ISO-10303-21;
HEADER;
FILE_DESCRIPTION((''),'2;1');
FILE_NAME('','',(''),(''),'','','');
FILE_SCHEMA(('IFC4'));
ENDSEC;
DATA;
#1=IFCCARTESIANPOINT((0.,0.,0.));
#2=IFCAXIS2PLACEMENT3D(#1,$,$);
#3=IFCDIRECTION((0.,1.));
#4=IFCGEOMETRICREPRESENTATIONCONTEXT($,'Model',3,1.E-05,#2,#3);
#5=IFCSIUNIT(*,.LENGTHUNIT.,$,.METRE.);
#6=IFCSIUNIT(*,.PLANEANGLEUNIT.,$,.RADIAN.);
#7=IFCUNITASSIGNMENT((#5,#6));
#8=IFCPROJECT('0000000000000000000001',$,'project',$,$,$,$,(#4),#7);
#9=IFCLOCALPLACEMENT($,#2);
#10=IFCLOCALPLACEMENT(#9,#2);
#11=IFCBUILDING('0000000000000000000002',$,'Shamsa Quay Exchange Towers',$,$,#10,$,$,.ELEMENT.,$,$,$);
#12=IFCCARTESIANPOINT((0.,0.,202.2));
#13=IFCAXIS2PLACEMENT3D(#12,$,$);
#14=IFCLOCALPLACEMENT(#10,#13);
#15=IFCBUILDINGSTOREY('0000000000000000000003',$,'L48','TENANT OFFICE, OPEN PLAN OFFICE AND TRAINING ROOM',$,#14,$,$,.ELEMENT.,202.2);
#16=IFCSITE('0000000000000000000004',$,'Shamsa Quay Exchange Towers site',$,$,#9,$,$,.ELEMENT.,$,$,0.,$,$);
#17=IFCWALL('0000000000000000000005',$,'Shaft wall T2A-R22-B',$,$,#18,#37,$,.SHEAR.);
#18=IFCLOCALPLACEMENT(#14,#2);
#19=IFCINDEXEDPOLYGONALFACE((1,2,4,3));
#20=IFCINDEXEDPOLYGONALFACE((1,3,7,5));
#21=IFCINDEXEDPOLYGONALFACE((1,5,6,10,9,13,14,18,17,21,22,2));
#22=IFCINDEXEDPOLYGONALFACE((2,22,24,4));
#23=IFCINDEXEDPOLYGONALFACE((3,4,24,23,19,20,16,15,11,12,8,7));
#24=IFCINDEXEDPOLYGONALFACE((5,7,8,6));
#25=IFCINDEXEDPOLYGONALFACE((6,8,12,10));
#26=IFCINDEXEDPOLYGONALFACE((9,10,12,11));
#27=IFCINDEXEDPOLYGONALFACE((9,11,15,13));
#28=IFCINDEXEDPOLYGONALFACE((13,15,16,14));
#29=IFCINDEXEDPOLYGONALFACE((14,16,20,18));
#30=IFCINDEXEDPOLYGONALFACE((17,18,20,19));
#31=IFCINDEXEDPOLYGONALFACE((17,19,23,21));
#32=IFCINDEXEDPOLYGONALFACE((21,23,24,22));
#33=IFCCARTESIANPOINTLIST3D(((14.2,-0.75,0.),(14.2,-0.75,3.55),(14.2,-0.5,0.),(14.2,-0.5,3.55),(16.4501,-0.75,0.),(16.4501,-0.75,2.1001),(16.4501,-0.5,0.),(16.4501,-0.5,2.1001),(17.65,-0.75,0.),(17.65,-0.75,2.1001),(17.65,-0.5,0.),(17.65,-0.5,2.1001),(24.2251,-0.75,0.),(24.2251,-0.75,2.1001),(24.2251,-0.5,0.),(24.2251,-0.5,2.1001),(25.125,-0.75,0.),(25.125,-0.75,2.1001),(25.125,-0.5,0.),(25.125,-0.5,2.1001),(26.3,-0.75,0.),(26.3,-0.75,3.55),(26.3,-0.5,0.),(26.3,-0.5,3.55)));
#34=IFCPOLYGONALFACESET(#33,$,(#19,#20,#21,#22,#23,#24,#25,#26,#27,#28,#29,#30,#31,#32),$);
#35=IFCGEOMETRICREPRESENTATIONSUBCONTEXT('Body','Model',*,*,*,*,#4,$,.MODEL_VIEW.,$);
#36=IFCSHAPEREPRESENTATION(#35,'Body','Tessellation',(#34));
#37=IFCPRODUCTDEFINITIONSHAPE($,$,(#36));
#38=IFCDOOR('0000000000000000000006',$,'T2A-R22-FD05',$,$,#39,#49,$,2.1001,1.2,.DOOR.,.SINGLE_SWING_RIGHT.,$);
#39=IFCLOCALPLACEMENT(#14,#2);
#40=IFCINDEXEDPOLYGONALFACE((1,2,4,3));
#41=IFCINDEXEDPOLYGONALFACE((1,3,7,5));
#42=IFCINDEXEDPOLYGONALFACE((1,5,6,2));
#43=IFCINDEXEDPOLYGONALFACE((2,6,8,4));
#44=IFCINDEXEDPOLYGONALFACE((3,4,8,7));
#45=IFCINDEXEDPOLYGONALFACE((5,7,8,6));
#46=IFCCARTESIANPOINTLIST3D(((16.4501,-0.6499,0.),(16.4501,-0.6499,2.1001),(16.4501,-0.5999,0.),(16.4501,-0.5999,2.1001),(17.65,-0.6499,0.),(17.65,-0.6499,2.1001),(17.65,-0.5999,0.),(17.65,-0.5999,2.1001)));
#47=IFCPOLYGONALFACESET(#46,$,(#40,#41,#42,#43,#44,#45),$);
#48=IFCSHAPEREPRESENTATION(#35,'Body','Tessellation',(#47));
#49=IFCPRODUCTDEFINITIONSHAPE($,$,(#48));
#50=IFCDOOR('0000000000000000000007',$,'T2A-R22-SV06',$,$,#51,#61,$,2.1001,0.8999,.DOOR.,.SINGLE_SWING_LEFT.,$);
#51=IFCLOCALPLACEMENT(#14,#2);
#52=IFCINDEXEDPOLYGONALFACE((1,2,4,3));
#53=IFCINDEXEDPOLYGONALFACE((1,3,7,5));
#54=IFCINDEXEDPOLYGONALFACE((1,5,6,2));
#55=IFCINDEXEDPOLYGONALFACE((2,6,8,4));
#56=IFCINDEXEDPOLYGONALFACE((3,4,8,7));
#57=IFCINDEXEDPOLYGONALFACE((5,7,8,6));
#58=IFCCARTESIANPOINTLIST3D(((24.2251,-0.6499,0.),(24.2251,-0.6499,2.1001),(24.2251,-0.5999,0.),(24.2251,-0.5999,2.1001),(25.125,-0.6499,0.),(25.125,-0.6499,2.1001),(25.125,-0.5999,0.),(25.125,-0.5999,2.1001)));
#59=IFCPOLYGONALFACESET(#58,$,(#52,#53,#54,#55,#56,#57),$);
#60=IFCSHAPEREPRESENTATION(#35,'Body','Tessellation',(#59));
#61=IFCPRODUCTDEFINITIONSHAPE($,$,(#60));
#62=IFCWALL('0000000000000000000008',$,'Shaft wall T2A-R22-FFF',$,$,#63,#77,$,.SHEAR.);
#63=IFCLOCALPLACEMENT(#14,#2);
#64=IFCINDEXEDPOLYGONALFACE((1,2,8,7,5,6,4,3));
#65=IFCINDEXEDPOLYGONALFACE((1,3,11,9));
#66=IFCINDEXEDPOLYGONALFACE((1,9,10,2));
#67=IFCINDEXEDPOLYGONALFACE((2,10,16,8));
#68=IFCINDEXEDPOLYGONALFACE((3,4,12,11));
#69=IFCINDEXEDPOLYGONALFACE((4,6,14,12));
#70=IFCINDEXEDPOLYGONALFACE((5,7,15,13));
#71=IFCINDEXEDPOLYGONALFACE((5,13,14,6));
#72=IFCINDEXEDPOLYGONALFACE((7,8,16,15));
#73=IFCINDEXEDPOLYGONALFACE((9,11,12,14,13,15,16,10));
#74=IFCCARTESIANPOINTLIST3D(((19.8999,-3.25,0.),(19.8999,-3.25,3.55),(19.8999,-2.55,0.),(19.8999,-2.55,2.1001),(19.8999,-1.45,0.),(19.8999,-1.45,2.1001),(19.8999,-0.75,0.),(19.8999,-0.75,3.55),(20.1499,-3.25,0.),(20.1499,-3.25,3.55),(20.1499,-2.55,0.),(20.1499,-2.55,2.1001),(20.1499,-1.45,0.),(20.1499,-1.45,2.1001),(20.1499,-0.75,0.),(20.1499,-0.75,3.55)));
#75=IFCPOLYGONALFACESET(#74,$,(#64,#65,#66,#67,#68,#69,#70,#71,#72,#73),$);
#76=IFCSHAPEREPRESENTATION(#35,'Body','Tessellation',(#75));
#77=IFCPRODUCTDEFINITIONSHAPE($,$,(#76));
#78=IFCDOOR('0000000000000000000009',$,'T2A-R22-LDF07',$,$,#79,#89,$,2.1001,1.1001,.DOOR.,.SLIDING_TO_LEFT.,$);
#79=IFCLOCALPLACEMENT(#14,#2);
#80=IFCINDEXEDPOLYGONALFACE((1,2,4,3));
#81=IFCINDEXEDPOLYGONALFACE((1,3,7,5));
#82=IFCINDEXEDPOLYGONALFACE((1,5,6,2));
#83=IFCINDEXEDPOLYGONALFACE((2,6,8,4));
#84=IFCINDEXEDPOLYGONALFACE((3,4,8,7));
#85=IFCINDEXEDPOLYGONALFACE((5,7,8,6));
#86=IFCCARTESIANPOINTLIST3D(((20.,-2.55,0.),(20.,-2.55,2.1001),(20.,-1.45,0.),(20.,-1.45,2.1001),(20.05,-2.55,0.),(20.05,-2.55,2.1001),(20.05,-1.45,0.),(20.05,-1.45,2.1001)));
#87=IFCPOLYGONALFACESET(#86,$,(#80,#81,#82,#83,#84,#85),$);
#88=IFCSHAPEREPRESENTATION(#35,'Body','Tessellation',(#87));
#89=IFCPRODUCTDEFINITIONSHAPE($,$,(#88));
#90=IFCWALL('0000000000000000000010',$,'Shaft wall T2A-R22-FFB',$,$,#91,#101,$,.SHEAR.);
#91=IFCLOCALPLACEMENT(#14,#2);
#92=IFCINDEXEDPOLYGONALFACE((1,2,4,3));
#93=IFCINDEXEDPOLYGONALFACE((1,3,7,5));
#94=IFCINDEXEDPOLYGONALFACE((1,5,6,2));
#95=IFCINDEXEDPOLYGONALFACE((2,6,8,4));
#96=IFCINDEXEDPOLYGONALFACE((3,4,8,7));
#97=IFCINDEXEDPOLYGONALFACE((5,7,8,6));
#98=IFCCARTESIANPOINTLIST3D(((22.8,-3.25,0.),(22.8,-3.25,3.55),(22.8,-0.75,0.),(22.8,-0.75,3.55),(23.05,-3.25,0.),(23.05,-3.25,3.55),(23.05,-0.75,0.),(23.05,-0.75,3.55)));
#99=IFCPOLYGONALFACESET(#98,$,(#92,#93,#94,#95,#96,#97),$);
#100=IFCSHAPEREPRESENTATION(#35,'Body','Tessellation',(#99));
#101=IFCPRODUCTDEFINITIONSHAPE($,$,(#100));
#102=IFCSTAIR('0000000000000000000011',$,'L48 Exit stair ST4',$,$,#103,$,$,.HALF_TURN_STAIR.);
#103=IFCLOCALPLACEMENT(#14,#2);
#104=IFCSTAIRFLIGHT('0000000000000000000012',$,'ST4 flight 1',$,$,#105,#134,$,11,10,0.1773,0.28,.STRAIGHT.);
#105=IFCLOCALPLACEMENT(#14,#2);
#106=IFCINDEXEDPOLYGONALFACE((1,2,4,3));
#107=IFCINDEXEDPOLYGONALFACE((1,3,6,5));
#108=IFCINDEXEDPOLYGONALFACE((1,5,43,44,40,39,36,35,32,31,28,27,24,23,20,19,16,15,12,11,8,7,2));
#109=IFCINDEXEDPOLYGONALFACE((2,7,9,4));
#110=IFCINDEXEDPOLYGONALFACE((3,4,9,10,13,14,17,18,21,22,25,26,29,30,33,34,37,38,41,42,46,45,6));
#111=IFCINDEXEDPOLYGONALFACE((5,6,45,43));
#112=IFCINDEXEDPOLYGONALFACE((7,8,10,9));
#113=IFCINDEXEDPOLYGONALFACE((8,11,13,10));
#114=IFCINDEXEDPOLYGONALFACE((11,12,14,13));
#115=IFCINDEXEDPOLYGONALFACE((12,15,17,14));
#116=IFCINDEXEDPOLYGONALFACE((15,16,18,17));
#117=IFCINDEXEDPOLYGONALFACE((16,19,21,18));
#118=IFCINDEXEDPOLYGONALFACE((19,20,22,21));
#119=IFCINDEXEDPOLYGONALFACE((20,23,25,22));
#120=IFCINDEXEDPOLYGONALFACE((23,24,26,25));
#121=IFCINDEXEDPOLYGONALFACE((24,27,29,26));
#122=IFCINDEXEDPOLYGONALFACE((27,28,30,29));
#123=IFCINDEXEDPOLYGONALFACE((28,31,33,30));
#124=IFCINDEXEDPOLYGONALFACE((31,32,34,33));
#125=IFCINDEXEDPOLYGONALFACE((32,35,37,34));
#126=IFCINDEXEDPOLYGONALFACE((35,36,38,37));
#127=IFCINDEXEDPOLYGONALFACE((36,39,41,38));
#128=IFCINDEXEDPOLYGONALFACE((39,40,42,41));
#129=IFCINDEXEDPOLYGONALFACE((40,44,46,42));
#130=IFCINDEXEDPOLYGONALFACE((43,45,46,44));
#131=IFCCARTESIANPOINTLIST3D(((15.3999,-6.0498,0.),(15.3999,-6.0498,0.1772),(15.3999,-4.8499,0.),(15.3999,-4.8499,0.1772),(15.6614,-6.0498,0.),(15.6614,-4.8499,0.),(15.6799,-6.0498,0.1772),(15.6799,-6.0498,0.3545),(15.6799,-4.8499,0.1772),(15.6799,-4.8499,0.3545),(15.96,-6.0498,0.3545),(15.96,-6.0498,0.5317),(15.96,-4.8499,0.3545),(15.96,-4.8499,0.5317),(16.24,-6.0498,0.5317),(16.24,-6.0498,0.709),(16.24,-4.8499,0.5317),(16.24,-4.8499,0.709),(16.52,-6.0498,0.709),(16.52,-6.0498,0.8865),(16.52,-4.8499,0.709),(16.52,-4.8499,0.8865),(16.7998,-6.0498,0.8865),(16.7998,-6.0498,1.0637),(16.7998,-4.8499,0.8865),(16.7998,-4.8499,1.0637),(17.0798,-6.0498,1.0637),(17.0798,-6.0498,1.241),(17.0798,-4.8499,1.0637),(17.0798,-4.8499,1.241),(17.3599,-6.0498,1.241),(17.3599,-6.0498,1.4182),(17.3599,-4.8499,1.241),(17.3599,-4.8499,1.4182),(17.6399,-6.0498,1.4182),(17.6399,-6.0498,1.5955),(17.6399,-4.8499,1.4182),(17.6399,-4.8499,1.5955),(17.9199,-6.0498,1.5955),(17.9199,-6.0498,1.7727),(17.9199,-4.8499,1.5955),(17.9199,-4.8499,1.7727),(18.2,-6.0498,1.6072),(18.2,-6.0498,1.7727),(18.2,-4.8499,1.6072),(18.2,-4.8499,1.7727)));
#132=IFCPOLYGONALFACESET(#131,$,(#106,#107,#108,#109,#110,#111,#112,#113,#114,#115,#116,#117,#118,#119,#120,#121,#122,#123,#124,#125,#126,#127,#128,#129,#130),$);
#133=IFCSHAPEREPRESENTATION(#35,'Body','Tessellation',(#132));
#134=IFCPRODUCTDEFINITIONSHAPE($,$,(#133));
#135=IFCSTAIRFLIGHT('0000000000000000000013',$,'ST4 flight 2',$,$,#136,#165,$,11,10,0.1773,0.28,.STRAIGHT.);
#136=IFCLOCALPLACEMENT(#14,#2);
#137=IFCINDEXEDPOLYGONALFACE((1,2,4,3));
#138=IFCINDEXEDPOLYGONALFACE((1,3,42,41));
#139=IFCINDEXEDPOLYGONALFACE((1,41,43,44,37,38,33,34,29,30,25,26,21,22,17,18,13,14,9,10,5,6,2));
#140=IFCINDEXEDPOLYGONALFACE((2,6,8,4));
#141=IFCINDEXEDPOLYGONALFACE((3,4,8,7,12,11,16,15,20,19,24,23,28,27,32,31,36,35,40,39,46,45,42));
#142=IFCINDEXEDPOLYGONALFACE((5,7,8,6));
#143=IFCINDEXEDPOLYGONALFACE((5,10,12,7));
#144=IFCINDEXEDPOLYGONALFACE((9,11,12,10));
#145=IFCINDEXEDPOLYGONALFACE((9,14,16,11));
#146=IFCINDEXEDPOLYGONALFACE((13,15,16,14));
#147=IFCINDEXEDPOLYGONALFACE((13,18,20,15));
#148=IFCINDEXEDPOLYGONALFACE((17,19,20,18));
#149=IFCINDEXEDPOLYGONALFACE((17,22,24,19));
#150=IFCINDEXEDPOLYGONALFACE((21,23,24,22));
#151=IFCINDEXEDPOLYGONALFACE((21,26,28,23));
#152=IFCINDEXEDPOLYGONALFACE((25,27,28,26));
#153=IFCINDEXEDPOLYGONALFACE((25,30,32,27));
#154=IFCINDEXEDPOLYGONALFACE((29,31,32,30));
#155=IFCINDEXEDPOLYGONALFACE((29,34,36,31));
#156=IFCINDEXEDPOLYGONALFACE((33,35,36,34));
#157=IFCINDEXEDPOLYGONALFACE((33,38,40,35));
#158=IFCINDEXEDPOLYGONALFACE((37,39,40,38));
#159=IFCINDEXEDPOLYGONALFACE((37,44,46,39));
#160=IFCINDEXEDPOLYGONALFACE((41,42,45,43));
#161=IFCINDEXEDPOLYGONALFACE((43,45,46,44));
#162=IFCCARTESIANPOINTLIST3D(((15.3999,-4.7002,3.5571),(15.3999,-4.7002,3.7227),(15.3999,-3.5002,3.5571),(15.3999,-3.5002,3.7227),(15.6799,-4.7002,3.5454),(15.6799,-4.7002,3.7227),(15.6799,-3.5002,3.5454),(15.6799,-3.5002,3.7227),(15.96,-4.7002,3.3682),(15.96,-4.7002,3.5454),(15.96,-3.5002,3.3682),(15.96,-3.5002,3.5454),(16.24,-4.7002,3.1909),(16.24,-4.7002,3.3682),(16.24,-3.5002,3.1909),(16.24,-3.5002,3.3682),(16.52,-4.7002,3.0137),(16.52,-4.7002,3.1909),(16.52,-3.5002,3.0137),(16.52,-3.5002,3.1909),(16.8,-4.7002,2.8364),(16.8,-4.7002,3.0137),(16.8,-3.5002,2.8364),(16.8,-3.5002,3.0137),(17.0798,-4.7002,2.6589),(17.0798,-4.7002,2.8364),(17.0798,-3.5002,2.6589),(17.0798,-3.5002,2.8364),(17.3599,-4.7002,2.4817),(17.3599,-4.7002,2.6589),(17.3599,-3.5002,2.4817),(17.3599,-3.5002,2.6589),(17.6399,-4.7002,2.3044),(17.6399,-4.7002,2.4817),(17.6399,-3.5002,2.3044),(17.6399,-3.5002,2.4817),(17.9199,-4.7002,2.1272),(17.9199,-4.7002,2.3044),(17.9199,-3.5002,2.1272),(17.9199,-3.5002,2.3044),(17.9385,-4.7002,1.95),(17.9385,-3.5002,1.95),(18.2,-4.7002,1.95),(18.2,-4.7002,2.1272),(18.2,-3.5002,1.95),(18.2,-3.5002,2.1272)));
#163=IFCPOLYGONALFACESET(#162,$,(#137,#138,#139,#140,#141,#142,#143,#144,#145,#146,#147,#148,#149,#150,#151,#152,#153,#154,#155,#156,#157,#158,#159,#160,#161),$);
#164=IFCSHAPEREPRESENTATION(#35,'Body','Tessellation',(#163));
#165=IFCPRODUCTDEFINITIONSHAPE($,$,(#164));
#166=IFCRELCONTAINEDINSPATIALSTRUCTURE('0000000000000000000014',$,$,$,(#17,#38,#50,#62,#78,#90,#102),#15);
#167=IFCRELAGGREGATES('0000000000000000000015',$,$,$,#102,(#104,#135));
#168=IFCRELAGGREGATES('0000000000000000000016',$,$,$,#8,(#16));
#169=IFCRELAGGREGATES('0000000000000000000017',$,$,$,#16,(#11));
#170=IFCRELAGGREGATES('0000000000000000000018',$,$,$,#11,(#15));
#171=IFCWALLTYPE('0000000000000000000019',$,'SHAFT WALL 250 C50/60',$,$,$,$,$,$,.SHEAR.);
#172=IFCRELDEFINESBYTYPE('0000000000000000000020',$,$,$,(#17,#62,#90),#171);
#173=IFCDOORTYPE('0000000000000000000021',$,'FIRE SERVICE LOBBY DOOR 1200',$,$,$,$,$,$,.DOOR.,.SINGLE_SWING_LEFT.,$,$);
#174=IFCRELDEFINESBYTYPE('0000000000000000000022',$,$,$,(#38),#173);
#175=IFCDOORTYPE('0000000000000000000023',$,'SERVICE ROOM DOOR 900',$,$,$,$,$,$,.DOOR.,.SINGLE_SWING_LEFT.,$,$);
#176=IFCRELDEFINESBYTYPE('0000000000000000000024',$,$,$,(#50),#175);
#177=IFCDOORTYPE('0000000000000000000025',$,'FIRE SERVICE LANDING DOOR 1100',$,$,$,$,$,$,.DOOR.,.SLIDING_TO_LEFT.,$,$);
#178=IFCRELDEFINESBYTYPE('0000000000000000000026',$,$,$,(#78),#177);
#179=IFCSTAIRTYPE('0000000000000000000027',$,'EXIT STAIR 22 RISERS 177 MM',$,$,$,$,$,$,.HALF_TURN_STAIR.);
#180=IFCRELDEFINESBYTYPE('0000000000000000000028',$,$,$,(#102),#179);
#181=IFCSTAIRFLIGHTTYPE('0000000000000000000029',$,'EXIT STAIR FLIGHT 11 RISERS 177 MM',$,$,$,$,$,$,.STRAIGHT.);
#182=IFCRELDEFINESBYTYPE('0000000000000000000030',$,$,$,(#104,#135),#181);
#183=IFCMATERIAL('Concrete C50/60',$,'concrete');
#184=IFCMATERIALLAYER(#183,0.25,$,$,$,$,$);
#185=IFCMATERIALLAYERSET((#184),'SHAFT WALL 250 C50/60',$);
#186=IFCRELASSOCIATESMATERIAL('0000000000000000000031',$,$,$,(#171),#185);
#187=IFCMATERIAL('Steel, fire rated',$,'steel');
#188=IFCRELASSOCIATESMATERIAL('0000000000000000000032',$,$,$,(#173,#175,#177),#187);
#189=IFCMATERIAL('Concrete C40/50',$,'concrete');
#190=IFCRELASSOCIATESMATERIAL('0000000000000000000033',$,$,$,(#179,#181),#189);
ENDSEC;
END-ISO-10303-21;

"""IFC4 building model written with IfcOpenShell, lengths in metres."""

from ifc_helpers import new_model, si_unit, direction, frame, frame_2d, origin, place, context, subcontext, project, spatial, polyline, rectangle, outline, extrude, material, layer, layer_set, type_object, element, fill, aggregate, save


model = new_model("IFC4")

# Units and contexts
model_context = context("Model", 3, precision=1e-05, world=origin(), true_north=direction((0.0, 1.0)))
body_context = subcontext(model_context, "Body", "Model", "MODEL_VIEW")
ifc_project = project(units=[si_unit("LENGTHUNIT", "METRE"), si_unit("PLANEANGLEUNIT", "RADIAN")], contexts=[model_context])

# Site, building, storey
site_placement = place(None, origin())
site = spatial("IfcSite", under=ifc_project, at=site_placement, Name="Shamsa Quay Exchange Towers site", CompositionType="ELEMENT", RefElevation=0.0)
building_placement = place(site_placement, origin())
building = spatial("IfcBuilding", under=site, at=building_placement, Name="Shamsa Quay Exchange Towers", CompositionType="ELEMENT")
storey_placement = place(building_placement, frame((0.0, 0.0, 202.2)))
storey = spatial("IfcBuildingStorey", under=building, at=storey_placement, Name="L48", Description="TENANT OFFICE, OPEN PLAN OFFICE AND TRAINING ROOM", CompositionType="ELEMENT", Elevation=202.2)

# Shared definitions
ifc_material_1 = material(Name="Concrete C50/60", Category="concrete")
ifc_layer_1 = layer(ifc_material_1, 0.25)
ifc_layer_set_1 = layer_set([ifc_layer_1], Name="SHAFT WALL 250 C50/60")
wall_type = type_object("IfcWallType", Name="SHAFT WALL 250 C50/60", PredefinedType="SHEAR", material=ifc_layer_set_1)
ifc_material_2 = material(Name="Steel, fire rated", Category="steel")

# Wall, openings, doors
wall_1_placement = place(storey_placement, frame((26.3, -0.625, 0.0), z_axis=(0.0, 0.0, 1.0), x_axis=(-1.0, 0.0, 0.0)))
wall_1 = element("IfcWall", 1, at=wall_1_placement, inside=storey, type_object=wall_type, Name="Shaft wall T2A-R22-B", PredefinedType="SHEAR", context=body_context, shape_type="SweptSolid", body=[
    extrude(rectangle(XDim=12.1001, YDim=0.25, at=frame_2d((6.05, 0.0))), origin(), (0.0, 0.0, 1.0), 3.55),
])
opening_1_placement = place(wall_1_placement, frame((8.6499, 0.0, 0.0)))
opening_1 = element("IfcOpeningElement", 2, at=opening_1_placement, cuts=wall_1, PredefinedType="OPENING", context=body_context, shape_type="SweptSolid", body=[
    extrude(rectangle(XDim=1.2, YDim=2.1001, at=frame_2d((0.6001, 1.05))), frame((0.0, 0.135, 0.0), z_axis=(0.0, -1.0, 0.0), x_axis=(1.0, 0.0, 0.0)), (0.0, 0.0, 1.0), 0.27),
])
opening_2_placement = place(wall_1_placement, frame((1.175, 0.0, 0.0)))
opening_2 = element("IfcOpeningElement", 3, at=opening_2_placement, cuts=wall_1, PredefinedType="OPENING", context=body_context, shape_type="SweptSolid", body=[
    extrude(rectangle(XDim=0.8999, YDim=2.1001, at=frame_2d((0.45, 1.05))), frame((0.0, 0.135, 0.0), z_axis=(0.0, -1.0, 0.0), x_axis=(1.0, 0.0, 0.0)), (0.0, 0.0, 1.0), 0.27),
])
door_type_1 = type_object("IfcDoorType", Name="FIRE SERVICE LOBBY DOOR 1200", OperationType="SINGLE_SWING_LEFT", PredefinedType="DOOR", material=ifc_material_2)
door_1_placement = place(opening_1_placement, origin())
door_1 = element("IfcDoor", 4, at=door_1_placement, inside=storey, type_object=door_type_1, Name="T2A-R22-FD05", OperationType="SINGLE_SWING_RIGHT", OverallHeight=2.1001, OverallWidth=1.2, PredefinedType="DOOR", context=body_context, shape_type="SweptSolid", body=[
    extrude(rectangle(XDim=1.2, YDim=2.1001, at=frame_2d((0.6001, 1.05))), frame((0.0, 0.0249, 0.0), z_axis=(0.0, -1.0, 0.0), x_axis=(1.0, 0.0, 0.0)), (0.0, 0.0, 1.0), 0.05),
])
fill(opening_1, door_1)
door_type_2 = type_object("IfcDoorType", Name="SERVICE ROOM DOOR 900", OperationType="SINGLE_SWING_LEFT", PredefinedType="DOOR", material=ifc_material_2)
door_2_placement = place(opening_2_placement, origin())
door_2 = element("IfcDoor", 5, at=door_2_placement, inside=storey, type_object=door_type_2, Name="T2A-R22-SV06", OperationType="SINGLE_SWING_LEFT", OverallHeight=2.1001, OverallWidth=0.8999, PredefinedType="DOOR", context=body_context, shape_type="SweptSolid", body=[
    extrude(rectangle(XDim=0.8999, YDim=2.1001, at=frame_2d((0.45, 1.05))), frame((0.0, 0.0249, 0.0), z_axis=(0.0, -1.0, 0.0), x_axis=(1.0, 0.0, 0.0)), (0.0, 0.0, 1.0), 0.05),
])
fill(opening_2, door_2)

# Wall, opening, door
wall_2_placement = place(storey_placement, frame((20.0249, -3.25, 0.0), z_axis=(0.0, 0.0, 1.0), x_axis=(0.0, 1.0, 0.0)))
wall_2 = element("IfcWall", 6, at=wall_2_placement, inside=storey, type_object=wall_type, Name="Shaft wall T2A-R22-FFF", PredefinedType="SHEAR", context=body_context, shape_type="SweptSolid", body=[
    extrude(rectangle(XDim=2.5, YDim=0.25, at=frame_2d((1.25, 0.0))), origin(), (0.0, 0.0, 1.0), 3.55),
])
opening_3_placement = place(wall_2_placement, frame((0.7, 0.0, 0.0)))
opening_3 = element("IfcOpeningElement", 7, at=opening_3_placement, cuts=wall_2, PredefinedType="OPENING", context=body_context, shape_type="SweptSolid", body=[
    extrude(rectangle(XDim=1.1001, YDim=2.1001, at=frame_2d((0.55, 1.05))), frame((0.0, 0.135, 0.0), z_axis=(0.0, -1.0, 0.0), x_axis=(1.0, 0.0, 0.0)), (0.0, 0.0, 1.0), 0.27),
])
door_type_3 = type_object("IfcDoorType", Name="FIRE SERVICE LANDING DOOR 1100", OperationType="SLIDING_TO_LEFT", PredefinedType="DOOR", material=ifc_material_2)
door_3_placement = place(opening_3_placement, origin())
door_3 = element("IfcDoor", 8, at=door_3_placement, inside=storey, type_object=door_type_3, Name="T2A-R22-LDF07", OperationType="SLIDING_TO_LEFT", OverallHeight=2.1001, OverallWidth=1.1001, PredefinedType="DOOR", context=body_context, shape_type="SweptSolid", body=[
    extrude(rectangle(XDim=1.1001, YDim=2.1001, at=frame_2d((0.55, 1.05))), frame((0.0, 0.0249, 0.0), z_axis=(0.0, -1.0, 0.0), x_axis=(1.0, 0.0, 0.0)), (0.0, 0.0, 1.0), 0.05),
])
fill(opening_3, door_3)

# Wall
wall_3_placement = place(storey_placement, frame((22.925, -3.25, 0.0), z_axis=(0.0, 0.0, 1.0), x_axis=(0.0, 1.0, 0.0)))
element("IfcWall", 9, at=wall_3_placement, inside=storey, type_object=wall_type, Name="Shaft wall T2A-R22-FFB", PredefinedType="SHEAR", context=body_context, shape_type="SweptSolid", body=[
    extrude(rectangle(XDim=2.5, YDim=0.25, at=frame_2d((1.25, 0.0))), origin(), (0.0, 0.0, 1.0), 3.55),
])

# Stair, stair flights
ifc_material_3 = material(Name="Concrete C40/50", Category="concrete")
stair_type = type_object("IfcStairType", Name="EXIT STAIR 22 RISERS 177 MM", PredefinedType="HALF_TURN_STAIR", material=ifc_material_3)
stair_placement = place(storey_placement, origin())
stair = element("IfcStair", 10, at=stair_placement, inside=storey, type_object=stair_type, Name="L48 Exit stair ST4", PredefinedType="HALF_TURN_STAIR")
stair_flight_type = type_object("IfcStairFlightType", Name="EXIT STAIR FLIGHT 11 RISERS 177 MM", PredefinedType="STRAIGHT", material=ifc_material_3)
stair_flight_1_placement = place(storey_placement, frame((15.3999, -5.45, 0.0)))
stair_flight_1 = element("IfcStairFlight", 11, at=stair_flight_1_placement, type_object=stair_flight_type, Name="ST4 flight 1", NumberOfRisers=11, NumberOfTreads=10, PredefinedType="STRAIGHT", RiserHeight=0.1773, TreadLength=0.28, context=body_context, shape_type="SweptSolid", body=[
    extrude(outline(polyline([(0.0, 0.0), (0.0, 0.1772), (0.28, 0.1772), (0.28, 0.3545), (0.5601, 0.3545), (0.5601, 0.5317), (0.8401, 0.5317), (0.8401, 0.709), (1.1201, 0.709), (1.1201, 0.8865), (1.3999, 0.8865), (1.3999, 1.0637), (1.6799, 1.0637), (1.6799, 1.241), (1.96, 1.241), (1.96, 1.4182), (2.24, 1.4182), (2.24, 1.5955), (2.52, 1.5955), (2.52, 1.7727), (2.8, 1.7727), (2.8, 1.95), (2.8, 1.6072), (0.2615, 0.0), (0.0, 0.0)])), frame((0.0, 0.6001, 0.0), z_axis=(0.0, -1.0, 0.0), x_axis=(1.0, 0.0, 0.0)), (0.0, 0.0, 1.0), 1.2),
])
stair_flight_2_placement = place(storey_placement, frame((18.2, -4.1001, 1.95), z_axis=(0.0, 0.0, 1.0), x_axis=(-1.0, 0.0, 0.0)))
stair_flight_2 = element("IfcStairFlight", 12, at=stair_flight_2_placement, type_object=stair_flight_type, Name="ST4 flight 2", NumberOfRisers=11, NumberOfTreads=10, PredefinedType="STRAIGHT", RiserHeight=0.1773, TreadLength=0.28, context=body_context, shape_type="SweptSolid", body=[
    extrude(outline(polyline([(0.0, 0.0), (0.0, 0.1772), (0.28, 0.1772), (0.28, 0.3545), (0.5601, 0.3545), (0.5601, 0.5317), (0.8401, 0.5317), (0.8401, 0.709), (1.1201, 0.709), (1.1201, 0.8865), (1.3999, 0.8865), (1.3999, 1.0637), (1.6799, 1.0637), (1.6799, 1.241), (1.96, 1.241), (1.96, 1.4182), (2.24, 1.4182), (2.24, 1.5955), (2.52, 1.5955), (2.52, 1.7727), (2.8, 1.7727), (2.8, 1.95), (2.8, 1.6072), (0.2615, 0.0), (0.0, 0.0)])), frame((0.0, 0.6001, 0.0), z_axis=(0.0, -1.0, 0.0), x_axis=(1.0, 0.0, 0.0)), (0.0, 0.0, 1.0), 1.2),
])
aggregate(stair, [stair_flight_1, stair_flight_2])

save(model, "model.ifc")
